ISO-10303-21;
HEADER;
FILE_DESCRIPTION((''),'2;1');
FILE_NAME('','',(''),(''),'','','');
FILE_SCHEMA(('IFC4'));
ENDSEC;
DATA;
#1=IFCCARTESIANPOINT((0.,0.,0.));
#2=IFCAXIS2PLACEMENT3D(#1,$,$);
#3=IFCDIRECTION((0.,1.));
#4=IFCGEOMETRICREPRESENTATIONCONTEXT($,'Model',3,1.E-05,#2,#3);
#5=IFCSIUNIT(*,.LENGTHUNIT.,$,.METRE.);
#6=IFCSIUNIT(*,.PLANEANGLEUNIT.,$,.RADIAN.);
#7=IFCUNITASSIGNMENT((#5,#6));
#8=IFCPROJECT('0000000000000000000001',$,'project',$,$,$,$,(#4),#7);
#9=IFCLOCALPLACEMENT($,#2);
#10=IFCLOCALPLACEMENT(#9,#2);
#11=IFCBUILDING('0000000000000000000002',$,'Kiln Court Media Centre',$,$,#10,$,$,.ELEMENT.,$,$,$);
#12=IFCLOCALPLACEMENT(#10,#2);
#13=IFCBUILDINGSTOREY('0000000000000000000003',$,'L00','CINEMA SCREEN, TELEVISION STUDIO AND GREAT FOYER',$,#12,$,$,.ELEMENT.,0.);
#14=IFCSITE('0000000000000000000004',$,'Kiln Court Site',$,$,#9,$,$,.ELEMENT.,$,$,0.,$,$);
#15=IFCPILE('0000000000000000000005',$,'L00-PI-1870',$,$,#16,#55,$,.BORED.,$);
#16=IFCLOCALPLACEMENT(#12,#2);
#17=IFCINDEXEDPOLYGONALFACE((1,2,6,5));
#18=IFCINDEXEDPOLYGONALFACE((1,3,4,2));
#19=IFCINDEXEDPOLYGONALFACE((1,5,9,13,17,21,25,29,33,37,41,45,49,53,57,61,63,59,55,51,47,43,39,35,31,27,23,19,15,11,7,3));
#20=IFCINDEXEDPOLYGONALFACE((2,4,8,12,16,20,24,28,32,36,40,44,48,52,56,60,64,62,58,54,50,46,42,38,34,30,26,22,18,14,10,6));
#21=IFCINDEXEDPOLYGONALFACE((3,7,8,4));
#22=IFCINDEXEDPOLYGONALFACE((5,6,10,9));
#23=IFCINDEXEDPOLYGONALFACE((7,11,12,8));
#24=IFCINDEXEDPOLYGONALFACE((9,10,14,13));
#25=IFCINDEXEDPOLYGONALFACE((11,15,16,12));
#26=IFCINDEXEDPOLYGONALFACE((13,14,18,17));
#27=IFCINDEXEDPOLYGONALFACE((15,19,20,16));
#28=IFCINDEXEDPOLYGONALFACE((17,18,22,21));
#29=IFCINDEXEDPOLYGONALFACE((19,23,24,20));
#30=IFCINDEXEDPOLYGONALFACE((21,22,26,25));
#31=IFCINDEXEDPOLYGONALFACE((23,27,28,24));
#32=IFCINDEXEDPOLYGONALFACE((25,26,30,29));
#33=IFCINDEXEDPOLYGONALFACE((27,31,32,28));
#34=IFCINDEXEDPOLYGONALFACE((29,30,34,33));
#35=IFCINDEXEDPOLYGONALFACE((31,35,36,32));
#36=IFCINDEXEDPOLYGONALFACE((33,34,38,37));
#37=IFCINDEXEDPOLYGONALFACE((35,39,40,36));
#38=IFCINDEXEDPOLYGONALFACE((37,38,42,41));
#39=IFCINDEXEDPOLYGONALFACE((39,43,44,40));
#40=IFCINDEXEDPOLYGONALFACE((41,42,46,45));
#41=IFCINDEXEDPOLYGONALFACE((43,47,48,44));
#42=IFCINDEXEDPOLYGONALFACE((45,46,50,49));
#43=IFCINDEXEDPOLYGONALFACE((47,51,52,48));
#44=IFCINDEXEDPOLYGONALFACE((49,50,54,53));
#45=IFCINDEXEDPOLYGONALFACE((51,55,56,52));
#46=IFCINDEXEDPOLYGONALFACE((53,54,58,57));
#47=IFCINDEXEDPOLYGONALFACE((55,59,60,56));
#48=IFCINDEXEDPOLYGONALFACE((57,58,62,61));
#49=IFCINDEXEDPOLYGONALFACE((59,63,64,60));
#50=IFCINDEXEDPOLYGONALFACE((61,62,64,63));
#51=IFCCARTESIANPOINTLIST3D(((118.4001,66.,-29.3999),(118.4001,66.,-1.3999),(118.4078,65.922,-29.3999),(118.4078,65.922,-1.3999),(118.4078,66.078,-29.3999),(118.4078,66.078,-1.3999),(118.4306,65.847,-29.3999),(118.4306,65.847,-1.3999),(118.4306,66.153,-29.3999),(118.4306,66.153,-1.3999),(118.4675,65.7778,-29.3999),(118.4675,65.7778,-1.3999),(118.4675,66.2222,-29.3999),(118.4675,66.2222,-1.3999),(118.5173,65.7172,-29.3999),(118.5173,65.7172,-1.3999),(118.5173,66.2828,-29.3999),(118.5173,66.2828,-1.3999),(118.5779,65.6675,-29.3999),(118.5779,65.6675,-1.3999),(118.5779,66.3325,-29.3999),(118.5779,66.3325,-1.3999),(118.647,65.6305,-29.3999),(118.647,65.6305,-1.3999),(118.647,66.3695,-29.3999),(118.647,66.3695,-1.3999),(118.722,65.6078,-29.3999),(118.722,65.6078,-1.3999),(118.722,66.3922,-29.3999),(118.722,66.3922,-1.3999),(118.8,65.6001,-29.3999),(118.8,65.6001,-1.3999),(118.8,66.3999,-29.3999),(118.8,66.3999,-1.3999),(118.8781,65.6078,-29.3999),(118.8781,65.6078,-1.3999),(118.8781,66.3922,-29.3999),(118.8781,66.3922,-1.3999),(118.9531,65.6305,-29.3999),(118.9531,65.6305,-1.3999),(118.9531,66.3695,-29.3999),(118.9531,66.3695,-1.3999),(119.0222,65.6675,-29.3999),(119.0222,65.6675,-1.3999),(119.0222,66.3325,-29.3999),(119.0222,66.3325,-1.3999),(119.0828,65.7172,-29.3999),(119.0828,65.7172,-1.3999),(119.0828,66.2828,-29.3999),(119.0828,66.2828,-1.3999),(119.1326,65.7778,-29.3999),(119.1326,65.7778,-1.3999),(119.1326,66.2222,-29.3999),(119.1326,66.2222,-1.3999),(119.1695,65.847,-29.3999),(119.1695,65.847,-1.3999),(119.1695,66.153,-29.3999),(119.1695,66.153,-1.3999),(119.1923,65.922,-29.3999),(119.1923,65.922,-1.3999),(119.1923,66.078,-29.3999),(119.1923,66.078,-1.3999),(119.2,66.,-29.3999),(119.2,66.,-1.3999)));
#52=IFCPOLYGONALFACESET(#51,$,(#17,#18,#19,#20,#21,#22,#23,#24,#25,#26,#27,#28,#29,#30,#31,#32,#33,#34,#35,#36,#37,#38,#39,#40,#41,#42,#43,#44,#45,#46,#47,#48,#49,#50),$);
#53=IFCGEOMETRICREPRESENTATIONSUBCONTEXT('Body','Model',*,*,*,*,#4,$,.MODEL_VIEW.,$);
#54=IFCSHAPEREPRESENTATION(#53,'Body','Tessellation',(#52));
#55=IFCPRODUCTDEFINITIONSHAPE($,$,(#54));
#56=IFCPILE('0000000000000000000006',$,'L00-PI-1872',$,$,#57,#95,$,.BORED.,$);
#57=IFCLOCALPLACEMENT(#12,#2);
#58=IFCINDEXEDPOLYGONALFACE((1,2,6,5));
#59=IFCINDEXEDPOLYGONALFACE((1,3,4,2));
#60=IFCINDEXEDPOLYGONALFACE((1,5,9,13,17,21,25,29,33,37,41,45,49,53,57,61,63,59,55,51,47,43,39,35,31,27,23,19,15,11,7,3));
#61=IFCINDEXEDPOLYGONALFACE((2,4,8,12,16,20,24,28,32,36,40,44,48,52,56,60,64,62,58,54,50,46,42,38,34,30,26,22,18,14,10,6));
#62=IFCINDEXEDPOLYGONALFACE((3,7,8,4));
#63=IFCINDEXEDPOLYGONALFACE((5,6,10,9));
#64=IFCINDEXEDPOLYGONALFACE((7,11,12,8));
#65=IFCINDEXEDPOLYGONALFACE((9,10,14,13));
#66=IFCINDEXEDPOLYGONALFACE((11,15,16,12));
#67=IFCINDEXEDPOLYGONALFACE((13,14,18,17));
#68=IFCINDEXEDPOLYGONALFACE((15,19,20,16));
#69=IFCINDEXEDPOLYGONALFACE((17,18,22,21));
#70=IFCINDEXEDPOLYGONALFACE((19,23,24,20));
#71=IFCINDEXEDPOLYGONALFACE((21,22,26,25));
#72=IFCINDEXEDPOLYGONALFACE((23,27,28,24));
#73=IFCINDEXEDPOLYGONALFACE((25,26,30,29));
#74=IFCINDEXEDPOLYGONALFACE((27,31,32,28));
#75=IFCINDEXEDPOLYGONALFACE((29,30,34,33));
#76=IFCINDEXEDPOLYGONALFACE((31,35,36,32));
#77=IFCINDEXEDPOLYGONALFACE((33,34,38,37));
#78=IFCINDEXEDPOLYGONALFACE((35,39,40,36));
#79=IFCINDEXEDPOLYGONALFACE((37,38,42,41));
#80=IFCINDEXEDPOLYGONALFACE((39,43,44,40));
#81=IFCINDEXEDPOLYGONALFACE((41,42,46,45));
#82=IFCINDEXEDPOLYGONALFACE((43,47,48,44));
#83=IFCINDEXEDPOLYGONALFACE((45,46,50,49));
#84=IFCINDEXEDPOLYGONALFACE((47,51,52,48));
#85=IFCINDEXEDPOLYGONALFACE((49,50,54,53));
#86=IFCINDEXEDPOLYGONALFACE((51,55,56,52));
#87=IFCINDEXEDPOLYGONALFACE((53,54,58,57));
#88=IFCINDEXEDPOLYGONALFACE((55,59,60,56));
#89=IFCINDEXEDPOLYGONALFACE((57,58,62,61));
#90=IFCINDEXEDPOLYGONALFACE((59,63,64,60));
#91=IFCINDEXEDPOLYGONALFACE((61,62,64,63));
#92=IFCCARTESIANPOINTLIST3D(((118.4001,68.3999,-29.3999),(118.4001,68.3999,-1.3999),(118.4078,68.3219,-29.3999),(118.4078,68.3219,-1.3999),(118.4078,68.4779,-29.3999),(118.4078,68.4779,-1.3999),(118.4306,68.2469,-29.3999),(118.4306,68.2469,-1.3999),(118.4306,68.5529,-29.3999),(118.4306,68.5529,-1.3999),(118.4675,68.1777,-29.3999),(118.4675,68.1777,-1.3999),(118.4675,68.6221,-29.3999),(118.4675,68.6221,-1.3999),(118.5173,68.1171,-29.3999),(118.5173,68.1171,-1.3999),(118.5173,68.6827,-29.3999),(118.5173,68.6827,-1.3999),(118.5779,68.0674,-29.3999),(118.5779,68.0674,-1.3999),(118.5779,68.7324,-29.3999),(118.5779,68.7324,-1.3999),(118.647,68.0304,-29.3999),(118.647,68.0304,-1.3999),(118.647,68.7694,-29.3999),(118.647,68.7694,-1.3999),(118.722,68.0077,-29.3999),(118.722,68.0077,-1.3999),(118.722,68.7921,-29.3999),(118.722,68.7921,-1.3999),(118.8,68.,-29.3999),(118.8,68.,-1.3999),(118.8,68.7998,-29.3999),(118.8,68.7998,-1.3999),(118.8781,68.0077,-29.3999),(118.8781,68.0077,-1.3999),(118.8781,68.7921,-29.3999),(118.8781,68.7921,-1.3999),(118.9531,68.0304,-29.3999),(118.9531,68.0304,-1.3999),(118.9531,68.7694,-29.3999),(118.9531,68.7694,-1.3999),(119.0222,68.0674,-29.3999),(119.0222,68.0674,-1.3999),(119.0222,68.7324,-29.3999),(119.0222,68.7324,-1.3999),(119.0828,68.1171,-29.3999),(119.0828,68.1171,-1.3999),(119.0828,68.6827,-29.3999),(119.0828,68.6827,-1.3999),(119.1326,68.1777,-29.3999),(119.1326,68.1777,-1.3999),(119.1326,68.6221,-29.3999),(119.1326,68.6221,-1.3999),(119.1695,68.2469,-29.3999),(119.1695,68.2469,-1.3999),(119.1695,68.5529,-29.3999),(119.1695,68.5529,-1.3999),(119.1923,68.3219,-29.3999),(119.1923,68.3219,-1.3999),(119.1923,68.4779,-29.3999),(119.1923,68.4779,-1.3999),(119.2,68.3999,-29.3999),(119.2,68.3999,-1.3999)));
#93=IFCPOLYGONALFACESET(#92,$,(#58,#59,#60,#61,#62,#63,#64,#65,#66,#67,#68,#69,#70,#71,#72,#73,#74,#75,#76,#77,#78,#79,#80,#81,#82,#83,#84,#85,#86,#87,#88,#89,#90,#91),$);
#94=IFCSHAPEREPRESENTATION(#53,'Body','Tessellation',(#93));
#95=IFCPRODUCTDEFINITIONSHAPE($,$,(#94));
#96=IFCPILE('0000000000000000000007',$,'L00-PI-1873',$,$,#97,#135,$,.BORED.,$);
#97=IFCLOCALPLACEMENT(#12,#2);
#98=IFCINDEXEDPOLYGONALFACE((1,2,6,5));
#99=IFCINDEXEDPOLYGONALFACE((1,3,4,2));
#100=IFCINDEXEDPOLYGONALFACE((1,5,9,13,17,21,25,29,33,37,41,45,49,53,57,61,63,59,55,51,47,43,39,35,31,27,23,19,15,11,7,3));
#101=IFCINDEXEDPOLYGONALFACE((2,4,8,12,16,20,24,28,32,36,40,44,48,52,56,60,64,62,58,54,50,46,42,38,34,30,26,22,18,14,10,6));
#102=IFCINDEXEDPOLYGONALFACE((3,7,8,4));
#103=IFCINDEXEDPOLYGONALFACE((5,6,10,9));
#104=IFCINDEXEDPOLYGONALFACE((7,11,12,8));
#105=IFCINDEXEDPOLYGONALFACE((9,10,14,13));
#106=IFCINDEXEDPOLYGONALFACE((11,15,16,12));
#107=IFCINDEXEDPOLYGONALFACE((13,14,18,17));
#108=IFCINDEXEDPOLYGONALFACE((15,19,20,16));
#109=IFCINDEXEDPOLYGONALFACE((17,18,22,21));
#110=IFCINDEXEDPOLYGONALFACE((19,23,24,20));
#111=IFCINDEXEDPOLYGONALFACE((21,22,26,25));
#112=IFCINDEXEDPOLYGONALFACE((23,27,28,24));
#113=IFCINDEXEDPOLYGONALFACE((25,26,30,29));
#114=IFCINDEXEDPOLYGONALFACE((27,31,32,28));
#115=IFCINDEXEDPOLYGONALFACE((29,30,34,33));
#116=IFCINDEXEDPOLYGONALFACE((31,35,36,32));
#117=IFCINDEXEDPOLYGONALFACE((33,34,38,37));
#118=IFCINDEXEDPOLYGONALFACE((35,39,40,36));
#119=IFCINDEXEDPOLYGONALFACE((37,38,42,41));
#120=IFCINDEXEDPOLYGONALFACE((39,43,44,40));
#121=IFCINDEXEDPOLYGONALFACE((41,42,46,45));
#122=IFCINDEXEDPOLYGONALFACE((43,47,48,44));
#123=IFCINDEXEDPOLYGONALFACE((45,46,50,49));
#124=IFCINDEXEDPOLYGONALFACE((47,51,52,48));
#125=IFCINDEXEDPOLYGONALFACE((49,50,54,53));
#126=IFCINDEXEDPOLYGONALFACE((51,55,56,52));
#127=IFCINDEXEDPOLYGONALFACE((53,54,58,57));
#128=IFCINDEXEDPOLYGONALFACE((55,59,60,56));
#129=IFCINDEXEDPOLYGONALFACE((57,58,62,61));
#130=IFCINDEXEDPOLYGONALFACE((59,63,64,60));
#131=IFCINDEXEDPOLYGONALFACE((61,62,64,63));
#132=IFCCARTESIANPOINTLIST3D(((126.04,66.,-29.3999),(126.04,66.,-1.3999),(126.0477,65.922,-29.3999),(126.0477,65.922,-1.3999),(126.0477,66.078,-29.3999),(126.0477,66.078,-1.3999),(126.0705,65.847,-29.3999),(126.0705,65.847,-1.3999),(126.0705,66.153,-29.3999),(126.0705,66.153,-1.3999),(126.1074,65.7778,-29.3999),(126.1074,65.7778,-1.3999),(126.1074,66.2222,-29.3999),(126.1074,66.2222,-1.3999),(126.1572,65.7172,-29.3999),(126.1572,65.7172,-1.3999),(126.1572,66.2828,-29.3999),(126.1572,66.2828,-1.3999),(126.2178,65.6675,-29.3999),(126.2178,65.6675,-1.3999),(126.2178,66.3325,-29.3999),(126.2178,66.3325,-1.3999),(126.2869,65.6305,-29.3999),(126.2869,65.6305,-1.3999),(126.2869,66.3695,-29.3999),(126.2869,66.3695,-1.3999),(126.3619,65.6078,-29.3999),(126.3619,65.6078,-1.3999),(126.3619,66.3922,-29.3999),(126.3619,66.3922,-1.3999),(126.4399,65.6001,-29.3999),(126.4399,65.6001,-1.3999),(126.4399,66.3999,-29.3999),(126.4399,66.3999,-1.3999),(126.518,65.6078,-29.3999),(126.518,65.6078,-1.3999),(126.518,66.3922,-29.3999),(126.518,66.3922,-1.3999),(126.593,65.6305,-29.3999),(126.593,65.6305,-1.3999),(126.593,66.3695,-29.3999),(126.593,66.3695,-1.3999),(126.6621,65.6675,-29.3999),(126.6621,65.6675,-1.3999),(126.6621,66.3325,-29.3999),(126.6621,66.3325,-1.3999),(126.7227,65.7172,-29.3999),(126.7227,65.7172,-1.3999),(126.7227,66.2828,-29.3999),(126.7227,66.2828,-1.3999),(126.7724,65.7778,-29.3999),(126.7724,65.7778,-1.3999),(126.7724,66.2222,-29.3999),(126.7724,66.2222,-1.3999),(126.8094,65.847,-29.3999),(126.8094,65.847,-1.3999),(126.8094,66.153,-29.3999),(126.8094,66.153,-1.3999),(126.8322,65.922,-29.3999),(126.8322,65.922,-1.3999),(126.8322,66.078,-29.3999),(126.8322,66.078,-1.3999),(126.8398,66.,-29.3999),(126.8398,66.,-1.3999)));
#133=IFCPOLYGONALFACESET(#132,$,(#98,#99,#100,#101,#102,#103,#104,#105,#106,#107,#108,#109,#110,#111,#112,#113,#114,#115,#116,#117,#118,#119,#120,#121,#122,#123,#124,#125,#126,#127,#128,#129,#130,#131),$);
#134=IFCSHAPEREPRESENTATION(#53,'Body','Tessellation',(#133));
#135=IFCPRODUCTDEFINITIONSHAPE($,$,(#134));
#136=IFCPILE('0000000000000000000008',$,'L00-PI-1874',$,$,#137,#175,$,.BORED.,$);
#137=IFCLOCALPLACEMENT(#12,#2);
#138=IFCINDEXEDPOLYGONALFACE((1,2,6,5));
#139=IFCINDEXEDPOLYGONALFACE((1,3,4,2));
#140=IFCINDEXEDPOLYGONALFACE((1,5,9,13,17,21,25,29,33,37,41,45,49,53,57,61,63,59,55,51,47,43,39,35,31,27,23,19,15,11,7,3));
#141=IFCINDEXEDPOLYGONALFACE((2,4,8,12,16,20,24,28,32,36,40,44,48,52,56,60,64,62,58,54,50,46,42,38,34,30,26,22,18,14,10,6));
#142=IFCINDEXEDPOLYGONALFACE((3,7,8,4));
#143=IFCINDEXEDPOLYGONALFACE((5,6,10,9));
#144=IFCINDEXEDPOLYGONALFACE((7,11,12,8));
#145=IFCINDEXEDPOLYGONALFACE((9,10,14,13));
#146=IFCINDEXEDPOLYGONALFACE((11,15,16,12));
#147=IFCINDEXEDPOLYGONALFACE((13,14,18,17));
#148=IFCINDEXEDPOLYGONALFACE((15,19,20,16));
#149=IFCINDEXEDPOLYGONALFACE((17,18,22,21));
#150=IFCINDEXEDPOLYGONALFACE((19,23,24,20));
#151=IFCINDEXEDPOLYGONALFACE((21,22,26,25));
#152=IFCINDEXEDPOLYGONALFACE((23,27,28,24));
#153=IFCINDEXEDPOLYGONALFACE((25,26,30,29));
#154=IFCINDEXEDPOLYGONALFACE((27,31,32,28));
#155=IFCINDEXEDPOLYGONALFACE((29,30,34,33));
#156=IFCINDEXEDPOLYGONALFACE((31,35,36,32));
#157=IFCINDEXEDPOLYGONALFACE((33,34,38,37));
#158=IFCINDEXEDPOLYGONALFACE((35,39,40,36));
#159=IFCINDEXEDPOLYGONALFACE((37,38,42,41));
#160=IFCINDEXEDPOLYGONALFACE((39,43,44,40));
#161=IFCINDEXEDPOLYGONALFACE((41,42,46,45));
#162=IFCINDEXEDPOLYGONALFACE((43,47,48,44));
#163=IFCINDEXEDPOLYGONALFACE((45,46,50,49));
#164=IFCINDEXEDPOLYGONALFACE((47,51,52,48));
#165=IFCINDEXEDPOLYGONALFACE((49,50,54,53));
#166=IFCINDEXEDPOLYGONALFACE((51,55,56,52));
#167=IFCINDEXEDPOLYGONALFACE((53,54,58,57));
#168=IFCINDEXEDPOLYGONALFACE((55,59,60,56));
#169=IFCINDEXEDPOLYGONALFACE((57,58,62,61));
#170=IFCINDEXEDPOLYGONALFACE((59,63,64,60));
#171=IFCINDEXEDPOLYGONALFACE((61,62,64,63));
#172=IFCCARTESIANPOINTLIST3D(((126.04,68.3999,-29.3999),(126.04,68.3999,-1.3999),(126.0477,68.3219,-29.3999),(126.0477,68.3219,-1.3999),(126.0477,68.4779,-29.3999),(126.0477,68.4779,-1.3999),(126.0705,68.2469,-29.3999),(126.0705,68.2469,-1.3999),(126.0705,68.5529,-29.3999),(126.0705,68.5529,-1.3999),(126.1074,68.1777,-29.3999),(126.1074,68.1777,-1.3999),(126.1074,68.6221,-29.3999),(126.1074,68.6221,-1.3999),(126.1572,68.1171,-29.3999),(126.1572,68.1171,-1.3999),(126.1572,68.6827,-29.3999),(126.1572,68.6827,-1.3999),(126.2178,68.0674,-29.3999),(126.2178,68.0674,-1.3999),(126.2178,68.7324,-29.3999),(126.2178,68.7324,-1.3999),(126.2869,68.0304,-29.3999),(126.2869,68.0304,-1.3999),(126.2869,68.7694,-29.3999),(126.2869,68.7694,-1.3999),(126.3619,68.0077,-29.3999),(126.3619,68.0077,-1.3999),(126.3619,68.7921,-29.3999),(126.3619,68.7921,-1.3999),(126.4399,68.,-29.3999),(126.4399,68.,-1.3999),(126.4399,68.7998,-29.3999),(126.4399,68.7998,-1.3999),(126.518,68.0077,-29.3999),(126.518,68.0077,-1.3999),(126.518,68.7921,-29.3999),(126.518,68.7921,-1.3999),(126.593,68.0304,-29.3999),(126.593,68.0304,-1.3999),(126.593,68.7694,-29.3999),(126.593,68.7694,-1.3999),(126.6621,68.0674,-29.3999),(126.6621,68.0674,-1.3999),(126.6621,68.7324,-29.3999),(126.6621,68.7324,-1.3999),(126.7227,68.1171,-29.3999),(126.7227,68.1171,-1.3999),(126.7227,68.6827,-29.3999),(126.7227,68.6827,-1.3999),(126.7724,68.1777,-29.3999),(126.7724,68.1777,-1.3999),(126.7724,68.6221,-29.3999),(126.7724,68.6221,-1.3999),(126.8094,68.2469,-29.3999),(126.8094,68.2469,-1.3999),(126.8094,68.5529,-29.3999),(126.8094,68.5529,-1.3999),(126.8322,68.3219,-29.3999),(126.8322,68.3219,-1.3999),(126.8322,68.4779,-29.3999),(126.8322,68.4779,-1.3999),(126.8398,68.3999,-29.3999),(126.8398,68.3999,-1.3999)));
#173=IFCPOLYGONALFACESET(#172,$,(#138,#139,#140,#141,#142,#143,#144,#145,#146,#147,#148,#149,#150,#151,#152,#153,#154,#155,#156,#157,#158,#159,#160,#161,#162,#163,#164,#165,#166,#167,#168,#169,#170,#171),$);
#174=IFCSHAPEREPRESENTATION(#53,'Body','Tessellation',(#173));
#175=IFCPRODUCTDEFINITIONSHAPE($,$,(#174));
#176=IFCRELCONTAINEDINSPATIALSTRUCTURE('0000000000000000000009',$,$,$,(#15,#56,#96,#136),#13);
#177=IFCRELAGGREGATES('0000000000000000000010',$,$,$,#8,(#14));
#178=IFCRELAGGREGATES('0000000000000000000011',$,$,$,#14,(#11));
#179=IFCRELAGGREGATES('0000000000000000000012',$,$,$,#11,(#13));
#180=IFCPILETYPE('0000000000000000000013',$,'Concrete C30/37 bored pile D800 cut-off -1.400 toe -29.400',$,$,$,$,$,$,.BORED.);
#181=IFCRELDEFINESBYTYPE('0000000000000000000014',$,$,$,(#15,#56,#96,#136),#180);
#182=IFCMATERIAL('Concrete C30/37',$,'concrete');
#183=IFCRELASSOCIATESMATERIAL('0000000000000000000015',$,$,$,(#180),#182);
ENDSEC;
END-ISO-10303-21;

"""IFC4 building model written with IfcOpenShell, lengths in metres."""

from ifc_helpers import new_model, si_unit, direction, frame, origin, origin_2d, place, context, subcontext, project, spatial, circle, extrude, material, material_profile, profile_set, type_object, element, save


model = new_model("IFC4")

# Units and contexts
model_context = context("Model", 3, precision=1e-05, world=origin(), true_north=direction((0.0, 1.0)))
body_context = subcontext(model_context, "Body", "Model", "MODEL_VIEW")
ifc_project = project(units=[si_unit("LENGTHUNIT", "METRE"), si_unit("PLANEANGLEUNIT", "RADIAN")], contexts=[model_context])

# Site, building, storey
site_placement = place(None, origin())
site = spatial("IfcSite", under=ifc_project, at=site_placement, Name="Kiln Court Site", CompositionType="ELEMENT", RefElevation=0.0)
building_placement = place(site_placement, origin())
building = spatial("IfcBuilding", under=site, at=building_placement, Name="Kiln Court Media Centre", CompositionType="ELEMENT")
storey_placement = place(building_placement, origin())
storey = spatial("IfcBuildingStorey", under=building, at=storey_placement, Name="L00", Description="CINEMA SCREEN, TELEVISION STUDIO AND GREAT FOYER", CompositionType="ELEMENT", Elevation=0.0)

# Piles
ifc_material_1 = material(Name="Concrete C30/37", Category="concrete")
ifc_material_profile_1 = material_profile(ifc_material_1, circle(Radius=0.3999, at=origin_2d()), Name="PILE D800")
ifc_profile_set_1 = profile_set([ifc_material_profile_1], Name="Concrete C30/37")
pile_type_1 = type_object("IfcPileType", Name="Concrete C30/37 bored pile D800 cut-off -1.400 toe -29.400", PredefinedType="BORED", material=ifc_profile_set_1)
for number, where, z_axis, x_axis, name in (
    (1, (118.8, 66.0, -1.3999), (0.0, 0.0, -1.0), (1.0, 0.0, 0.0), "L00-PI-1870"),
    (2, (118.8, 68.3999, -1.3999), (0.0, 0.0, -1.0), (1.0, 0.0, 0.0), "L00-PI-1872"),
    (3, (126.4399, 66.0, -1.3999), (0.0, 0.0, -1.0), (1.0, 0.0, 0.0), "L00-PI-1873"),
    (4, (126.4399, 68.3999, -1.3999), (0.0, 0.0, -1.0), (1.0, 0.0, 0.0), "L00-PI-1874"),
):
    element("IfcPile", number, at=place(storey_placement, frame(where, z_axis=z_axis, x_axis=x_axis)), inside=storey, type_object=pile_type_1, Name=name, PredefinedType="BORED", context=body_context, shape_type="SweptSolid", body=[
        extrude(circle(Radius=0.3999, at=origin_2d()), origin(), (0.0, 0.0, 1.0), 28.0),
    ])

save(model, "model.ifc")
